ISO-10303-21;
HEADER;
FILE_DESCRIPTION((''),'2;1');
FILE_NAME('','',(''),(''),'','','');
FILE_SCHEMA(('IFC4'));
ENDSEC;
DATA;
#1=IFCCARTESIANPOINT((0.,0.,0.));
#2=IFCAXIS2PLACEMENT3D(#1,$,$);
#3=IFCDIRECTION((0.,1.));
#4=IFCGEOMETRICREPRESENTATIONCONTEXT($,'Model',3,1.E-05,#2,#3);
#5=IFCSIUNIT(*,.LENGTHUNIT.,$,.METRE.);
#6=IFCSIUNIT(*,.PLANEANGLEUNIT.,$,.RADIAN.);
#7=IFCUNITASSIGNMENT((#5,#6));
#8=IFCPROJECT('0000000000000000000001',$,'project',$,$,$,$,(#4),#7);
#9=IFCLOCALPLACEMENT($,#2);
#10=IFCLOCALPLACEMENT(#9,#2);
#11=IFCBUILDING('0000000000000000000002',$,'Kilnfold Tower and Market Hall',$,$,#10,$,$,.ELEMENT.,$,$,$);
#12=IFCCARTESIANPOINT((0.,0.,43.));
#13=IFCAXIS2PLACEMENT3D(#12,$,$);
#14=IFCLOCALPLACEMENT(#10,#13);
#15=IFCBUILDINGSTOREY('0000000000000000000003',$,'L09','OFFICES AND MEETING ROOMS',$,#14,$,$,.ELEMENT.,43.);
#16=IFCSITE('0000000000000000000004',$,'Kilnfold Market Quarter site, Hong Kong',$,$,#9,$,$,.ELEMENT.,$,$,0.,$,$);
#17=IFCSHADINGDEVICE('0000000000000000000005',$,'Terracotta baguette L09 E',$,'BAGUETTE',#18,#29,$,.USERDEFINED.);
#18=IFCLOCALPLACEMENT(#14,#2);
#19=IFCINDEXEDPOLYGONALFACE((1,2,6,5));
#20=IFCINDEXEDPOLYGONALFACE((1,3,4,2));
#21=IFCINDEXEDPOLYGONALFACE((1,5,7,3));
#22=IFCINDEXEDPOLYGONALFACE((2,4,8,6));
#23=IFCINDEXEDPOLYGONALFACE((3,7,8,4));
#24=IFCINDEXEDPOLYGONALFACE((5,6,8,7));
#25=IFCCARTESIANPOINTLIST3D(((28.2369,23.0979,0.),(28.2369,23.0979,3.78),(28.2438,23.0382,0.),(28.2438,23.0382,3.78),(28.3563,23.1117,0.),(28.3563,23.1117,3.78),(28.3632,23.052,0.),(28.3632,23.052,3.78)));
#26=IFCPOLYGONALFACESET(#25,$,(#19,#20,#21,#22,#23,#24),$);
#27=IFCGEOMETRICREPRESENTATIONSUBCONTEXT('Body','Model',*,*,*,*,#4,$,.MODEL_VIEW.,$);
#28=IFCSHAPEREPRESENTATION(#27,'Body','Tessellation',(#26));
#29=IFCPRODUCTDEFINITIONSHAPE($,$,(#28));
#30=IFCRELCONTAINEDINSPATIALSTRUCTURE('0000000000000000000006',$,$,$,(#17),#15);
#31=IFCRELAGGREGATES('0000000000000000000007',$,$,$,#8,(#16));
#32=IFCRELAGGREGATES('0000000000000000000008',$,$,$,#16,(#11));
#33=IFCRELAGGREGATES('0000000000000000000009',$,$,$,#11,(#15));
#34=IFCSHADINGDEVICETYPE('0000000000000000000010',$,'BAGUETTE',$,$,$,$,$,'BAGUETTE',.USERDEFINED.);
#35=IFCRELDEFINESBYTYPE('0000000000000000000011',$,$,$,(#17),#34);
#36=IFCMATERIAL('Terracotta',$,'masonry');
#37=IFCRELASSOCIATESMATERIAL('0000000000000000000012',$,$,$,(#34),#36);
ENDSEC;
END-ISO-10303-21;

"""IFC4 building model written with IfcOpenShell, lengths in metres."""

from ifc_helpers import new_model, si_unit, direction, frame, origin, origin_2d, place, context, subcontext, project, spatial, rectangle, extrude, source, transform, mapped, material, material_profile, profile_set, type_object, element, save


model = new_model("IFC4")

# Units and contexts
model_context = context("Model", 3, precision=1e-05, world=origin(), true_north=direction((0.0, 1.0)))
body_context = subcontext(model_context, "Body", "Model", "MODEL_VIEW")
ifc_project = project(units=[si_unit("LENGTHUNIT", "METRE"), si_unit("PLANEANGLEUNIT", "RADIAN")], contexts=[model_context])

# Site, building, storey
site_placement = place(None, origin())
site = spatial("IfcSite", under=ifc_project, at=site_placement, Name="Kilnfold Market Quarter site, Hong Kong", CompositionType="ELEMENT", RefElevation=0.0)
building_placement = place(site_placement, origin())
building = spatial("IfcBuilding", under=site, at=building_placement, Name="Kilnfold Tower and Market Hall", CompositionType="ELEMENT")
storey_placement = place(building_placement, frame((0.0, 0.0, 43.0)))
storey = spatial("IfcBuildingStorey", under=building, at=storey_placement, Name="L09", Description="OFFICES AND MEETING ROOMS", CompositionType="ELEMENT", Elevation=43.0)

# Shading device
ifc_material_1 = material(Name="Terracotta", Category="masonry")
ifc_material_profile_1 = material_profile(ifc_material_1, rectangle(XDim=0.0601, YDim=0.1201, at=origin_2d()), Name="BAG 60x120")
ifc_profile_set_1 = profile_set([ifc_material_profile_1], Name="Terracotta")
shading_device_type = type_object("IfcShadingDeviceType", Name="BAGUETTE", ElementType="BAGUETTE", PredefinedType="USERDEFINED", material=ifc_profile_set_1)
shared_shape_1 = source(origin(), body_context, "Body", "SweptSolid", [
    extrude(rectangle(XDim=0.0601, YDim=0.1201, at=origin_2d()), origin(), (0.0, 0.0, 1.0), 3.78),
])
for number, where, z_axis, x_axis, name in (
    (1, (28.3, 23.075, 0.0), (0.0, 0.0, 1.0), (-0.115112, 0.993352, 0.0), "Terracotta baguette L09 E"),
):
    element("IfcShadingDevice", number, at=place(storey_placement, frame(where, z_axis=z_axis, x_axis=x_axis)), inside=storey, type_object=shading_device_type, Name=name, ObjectType="BAGUETTE", PredefinedType="USERDEFINED", context=body_context, shape_type="MappedRepresentation", body=[
        mapped(shared_shape_1, transform((0.0, 0.0, 0.0))),
    ])

save(model, "model.ifc")
